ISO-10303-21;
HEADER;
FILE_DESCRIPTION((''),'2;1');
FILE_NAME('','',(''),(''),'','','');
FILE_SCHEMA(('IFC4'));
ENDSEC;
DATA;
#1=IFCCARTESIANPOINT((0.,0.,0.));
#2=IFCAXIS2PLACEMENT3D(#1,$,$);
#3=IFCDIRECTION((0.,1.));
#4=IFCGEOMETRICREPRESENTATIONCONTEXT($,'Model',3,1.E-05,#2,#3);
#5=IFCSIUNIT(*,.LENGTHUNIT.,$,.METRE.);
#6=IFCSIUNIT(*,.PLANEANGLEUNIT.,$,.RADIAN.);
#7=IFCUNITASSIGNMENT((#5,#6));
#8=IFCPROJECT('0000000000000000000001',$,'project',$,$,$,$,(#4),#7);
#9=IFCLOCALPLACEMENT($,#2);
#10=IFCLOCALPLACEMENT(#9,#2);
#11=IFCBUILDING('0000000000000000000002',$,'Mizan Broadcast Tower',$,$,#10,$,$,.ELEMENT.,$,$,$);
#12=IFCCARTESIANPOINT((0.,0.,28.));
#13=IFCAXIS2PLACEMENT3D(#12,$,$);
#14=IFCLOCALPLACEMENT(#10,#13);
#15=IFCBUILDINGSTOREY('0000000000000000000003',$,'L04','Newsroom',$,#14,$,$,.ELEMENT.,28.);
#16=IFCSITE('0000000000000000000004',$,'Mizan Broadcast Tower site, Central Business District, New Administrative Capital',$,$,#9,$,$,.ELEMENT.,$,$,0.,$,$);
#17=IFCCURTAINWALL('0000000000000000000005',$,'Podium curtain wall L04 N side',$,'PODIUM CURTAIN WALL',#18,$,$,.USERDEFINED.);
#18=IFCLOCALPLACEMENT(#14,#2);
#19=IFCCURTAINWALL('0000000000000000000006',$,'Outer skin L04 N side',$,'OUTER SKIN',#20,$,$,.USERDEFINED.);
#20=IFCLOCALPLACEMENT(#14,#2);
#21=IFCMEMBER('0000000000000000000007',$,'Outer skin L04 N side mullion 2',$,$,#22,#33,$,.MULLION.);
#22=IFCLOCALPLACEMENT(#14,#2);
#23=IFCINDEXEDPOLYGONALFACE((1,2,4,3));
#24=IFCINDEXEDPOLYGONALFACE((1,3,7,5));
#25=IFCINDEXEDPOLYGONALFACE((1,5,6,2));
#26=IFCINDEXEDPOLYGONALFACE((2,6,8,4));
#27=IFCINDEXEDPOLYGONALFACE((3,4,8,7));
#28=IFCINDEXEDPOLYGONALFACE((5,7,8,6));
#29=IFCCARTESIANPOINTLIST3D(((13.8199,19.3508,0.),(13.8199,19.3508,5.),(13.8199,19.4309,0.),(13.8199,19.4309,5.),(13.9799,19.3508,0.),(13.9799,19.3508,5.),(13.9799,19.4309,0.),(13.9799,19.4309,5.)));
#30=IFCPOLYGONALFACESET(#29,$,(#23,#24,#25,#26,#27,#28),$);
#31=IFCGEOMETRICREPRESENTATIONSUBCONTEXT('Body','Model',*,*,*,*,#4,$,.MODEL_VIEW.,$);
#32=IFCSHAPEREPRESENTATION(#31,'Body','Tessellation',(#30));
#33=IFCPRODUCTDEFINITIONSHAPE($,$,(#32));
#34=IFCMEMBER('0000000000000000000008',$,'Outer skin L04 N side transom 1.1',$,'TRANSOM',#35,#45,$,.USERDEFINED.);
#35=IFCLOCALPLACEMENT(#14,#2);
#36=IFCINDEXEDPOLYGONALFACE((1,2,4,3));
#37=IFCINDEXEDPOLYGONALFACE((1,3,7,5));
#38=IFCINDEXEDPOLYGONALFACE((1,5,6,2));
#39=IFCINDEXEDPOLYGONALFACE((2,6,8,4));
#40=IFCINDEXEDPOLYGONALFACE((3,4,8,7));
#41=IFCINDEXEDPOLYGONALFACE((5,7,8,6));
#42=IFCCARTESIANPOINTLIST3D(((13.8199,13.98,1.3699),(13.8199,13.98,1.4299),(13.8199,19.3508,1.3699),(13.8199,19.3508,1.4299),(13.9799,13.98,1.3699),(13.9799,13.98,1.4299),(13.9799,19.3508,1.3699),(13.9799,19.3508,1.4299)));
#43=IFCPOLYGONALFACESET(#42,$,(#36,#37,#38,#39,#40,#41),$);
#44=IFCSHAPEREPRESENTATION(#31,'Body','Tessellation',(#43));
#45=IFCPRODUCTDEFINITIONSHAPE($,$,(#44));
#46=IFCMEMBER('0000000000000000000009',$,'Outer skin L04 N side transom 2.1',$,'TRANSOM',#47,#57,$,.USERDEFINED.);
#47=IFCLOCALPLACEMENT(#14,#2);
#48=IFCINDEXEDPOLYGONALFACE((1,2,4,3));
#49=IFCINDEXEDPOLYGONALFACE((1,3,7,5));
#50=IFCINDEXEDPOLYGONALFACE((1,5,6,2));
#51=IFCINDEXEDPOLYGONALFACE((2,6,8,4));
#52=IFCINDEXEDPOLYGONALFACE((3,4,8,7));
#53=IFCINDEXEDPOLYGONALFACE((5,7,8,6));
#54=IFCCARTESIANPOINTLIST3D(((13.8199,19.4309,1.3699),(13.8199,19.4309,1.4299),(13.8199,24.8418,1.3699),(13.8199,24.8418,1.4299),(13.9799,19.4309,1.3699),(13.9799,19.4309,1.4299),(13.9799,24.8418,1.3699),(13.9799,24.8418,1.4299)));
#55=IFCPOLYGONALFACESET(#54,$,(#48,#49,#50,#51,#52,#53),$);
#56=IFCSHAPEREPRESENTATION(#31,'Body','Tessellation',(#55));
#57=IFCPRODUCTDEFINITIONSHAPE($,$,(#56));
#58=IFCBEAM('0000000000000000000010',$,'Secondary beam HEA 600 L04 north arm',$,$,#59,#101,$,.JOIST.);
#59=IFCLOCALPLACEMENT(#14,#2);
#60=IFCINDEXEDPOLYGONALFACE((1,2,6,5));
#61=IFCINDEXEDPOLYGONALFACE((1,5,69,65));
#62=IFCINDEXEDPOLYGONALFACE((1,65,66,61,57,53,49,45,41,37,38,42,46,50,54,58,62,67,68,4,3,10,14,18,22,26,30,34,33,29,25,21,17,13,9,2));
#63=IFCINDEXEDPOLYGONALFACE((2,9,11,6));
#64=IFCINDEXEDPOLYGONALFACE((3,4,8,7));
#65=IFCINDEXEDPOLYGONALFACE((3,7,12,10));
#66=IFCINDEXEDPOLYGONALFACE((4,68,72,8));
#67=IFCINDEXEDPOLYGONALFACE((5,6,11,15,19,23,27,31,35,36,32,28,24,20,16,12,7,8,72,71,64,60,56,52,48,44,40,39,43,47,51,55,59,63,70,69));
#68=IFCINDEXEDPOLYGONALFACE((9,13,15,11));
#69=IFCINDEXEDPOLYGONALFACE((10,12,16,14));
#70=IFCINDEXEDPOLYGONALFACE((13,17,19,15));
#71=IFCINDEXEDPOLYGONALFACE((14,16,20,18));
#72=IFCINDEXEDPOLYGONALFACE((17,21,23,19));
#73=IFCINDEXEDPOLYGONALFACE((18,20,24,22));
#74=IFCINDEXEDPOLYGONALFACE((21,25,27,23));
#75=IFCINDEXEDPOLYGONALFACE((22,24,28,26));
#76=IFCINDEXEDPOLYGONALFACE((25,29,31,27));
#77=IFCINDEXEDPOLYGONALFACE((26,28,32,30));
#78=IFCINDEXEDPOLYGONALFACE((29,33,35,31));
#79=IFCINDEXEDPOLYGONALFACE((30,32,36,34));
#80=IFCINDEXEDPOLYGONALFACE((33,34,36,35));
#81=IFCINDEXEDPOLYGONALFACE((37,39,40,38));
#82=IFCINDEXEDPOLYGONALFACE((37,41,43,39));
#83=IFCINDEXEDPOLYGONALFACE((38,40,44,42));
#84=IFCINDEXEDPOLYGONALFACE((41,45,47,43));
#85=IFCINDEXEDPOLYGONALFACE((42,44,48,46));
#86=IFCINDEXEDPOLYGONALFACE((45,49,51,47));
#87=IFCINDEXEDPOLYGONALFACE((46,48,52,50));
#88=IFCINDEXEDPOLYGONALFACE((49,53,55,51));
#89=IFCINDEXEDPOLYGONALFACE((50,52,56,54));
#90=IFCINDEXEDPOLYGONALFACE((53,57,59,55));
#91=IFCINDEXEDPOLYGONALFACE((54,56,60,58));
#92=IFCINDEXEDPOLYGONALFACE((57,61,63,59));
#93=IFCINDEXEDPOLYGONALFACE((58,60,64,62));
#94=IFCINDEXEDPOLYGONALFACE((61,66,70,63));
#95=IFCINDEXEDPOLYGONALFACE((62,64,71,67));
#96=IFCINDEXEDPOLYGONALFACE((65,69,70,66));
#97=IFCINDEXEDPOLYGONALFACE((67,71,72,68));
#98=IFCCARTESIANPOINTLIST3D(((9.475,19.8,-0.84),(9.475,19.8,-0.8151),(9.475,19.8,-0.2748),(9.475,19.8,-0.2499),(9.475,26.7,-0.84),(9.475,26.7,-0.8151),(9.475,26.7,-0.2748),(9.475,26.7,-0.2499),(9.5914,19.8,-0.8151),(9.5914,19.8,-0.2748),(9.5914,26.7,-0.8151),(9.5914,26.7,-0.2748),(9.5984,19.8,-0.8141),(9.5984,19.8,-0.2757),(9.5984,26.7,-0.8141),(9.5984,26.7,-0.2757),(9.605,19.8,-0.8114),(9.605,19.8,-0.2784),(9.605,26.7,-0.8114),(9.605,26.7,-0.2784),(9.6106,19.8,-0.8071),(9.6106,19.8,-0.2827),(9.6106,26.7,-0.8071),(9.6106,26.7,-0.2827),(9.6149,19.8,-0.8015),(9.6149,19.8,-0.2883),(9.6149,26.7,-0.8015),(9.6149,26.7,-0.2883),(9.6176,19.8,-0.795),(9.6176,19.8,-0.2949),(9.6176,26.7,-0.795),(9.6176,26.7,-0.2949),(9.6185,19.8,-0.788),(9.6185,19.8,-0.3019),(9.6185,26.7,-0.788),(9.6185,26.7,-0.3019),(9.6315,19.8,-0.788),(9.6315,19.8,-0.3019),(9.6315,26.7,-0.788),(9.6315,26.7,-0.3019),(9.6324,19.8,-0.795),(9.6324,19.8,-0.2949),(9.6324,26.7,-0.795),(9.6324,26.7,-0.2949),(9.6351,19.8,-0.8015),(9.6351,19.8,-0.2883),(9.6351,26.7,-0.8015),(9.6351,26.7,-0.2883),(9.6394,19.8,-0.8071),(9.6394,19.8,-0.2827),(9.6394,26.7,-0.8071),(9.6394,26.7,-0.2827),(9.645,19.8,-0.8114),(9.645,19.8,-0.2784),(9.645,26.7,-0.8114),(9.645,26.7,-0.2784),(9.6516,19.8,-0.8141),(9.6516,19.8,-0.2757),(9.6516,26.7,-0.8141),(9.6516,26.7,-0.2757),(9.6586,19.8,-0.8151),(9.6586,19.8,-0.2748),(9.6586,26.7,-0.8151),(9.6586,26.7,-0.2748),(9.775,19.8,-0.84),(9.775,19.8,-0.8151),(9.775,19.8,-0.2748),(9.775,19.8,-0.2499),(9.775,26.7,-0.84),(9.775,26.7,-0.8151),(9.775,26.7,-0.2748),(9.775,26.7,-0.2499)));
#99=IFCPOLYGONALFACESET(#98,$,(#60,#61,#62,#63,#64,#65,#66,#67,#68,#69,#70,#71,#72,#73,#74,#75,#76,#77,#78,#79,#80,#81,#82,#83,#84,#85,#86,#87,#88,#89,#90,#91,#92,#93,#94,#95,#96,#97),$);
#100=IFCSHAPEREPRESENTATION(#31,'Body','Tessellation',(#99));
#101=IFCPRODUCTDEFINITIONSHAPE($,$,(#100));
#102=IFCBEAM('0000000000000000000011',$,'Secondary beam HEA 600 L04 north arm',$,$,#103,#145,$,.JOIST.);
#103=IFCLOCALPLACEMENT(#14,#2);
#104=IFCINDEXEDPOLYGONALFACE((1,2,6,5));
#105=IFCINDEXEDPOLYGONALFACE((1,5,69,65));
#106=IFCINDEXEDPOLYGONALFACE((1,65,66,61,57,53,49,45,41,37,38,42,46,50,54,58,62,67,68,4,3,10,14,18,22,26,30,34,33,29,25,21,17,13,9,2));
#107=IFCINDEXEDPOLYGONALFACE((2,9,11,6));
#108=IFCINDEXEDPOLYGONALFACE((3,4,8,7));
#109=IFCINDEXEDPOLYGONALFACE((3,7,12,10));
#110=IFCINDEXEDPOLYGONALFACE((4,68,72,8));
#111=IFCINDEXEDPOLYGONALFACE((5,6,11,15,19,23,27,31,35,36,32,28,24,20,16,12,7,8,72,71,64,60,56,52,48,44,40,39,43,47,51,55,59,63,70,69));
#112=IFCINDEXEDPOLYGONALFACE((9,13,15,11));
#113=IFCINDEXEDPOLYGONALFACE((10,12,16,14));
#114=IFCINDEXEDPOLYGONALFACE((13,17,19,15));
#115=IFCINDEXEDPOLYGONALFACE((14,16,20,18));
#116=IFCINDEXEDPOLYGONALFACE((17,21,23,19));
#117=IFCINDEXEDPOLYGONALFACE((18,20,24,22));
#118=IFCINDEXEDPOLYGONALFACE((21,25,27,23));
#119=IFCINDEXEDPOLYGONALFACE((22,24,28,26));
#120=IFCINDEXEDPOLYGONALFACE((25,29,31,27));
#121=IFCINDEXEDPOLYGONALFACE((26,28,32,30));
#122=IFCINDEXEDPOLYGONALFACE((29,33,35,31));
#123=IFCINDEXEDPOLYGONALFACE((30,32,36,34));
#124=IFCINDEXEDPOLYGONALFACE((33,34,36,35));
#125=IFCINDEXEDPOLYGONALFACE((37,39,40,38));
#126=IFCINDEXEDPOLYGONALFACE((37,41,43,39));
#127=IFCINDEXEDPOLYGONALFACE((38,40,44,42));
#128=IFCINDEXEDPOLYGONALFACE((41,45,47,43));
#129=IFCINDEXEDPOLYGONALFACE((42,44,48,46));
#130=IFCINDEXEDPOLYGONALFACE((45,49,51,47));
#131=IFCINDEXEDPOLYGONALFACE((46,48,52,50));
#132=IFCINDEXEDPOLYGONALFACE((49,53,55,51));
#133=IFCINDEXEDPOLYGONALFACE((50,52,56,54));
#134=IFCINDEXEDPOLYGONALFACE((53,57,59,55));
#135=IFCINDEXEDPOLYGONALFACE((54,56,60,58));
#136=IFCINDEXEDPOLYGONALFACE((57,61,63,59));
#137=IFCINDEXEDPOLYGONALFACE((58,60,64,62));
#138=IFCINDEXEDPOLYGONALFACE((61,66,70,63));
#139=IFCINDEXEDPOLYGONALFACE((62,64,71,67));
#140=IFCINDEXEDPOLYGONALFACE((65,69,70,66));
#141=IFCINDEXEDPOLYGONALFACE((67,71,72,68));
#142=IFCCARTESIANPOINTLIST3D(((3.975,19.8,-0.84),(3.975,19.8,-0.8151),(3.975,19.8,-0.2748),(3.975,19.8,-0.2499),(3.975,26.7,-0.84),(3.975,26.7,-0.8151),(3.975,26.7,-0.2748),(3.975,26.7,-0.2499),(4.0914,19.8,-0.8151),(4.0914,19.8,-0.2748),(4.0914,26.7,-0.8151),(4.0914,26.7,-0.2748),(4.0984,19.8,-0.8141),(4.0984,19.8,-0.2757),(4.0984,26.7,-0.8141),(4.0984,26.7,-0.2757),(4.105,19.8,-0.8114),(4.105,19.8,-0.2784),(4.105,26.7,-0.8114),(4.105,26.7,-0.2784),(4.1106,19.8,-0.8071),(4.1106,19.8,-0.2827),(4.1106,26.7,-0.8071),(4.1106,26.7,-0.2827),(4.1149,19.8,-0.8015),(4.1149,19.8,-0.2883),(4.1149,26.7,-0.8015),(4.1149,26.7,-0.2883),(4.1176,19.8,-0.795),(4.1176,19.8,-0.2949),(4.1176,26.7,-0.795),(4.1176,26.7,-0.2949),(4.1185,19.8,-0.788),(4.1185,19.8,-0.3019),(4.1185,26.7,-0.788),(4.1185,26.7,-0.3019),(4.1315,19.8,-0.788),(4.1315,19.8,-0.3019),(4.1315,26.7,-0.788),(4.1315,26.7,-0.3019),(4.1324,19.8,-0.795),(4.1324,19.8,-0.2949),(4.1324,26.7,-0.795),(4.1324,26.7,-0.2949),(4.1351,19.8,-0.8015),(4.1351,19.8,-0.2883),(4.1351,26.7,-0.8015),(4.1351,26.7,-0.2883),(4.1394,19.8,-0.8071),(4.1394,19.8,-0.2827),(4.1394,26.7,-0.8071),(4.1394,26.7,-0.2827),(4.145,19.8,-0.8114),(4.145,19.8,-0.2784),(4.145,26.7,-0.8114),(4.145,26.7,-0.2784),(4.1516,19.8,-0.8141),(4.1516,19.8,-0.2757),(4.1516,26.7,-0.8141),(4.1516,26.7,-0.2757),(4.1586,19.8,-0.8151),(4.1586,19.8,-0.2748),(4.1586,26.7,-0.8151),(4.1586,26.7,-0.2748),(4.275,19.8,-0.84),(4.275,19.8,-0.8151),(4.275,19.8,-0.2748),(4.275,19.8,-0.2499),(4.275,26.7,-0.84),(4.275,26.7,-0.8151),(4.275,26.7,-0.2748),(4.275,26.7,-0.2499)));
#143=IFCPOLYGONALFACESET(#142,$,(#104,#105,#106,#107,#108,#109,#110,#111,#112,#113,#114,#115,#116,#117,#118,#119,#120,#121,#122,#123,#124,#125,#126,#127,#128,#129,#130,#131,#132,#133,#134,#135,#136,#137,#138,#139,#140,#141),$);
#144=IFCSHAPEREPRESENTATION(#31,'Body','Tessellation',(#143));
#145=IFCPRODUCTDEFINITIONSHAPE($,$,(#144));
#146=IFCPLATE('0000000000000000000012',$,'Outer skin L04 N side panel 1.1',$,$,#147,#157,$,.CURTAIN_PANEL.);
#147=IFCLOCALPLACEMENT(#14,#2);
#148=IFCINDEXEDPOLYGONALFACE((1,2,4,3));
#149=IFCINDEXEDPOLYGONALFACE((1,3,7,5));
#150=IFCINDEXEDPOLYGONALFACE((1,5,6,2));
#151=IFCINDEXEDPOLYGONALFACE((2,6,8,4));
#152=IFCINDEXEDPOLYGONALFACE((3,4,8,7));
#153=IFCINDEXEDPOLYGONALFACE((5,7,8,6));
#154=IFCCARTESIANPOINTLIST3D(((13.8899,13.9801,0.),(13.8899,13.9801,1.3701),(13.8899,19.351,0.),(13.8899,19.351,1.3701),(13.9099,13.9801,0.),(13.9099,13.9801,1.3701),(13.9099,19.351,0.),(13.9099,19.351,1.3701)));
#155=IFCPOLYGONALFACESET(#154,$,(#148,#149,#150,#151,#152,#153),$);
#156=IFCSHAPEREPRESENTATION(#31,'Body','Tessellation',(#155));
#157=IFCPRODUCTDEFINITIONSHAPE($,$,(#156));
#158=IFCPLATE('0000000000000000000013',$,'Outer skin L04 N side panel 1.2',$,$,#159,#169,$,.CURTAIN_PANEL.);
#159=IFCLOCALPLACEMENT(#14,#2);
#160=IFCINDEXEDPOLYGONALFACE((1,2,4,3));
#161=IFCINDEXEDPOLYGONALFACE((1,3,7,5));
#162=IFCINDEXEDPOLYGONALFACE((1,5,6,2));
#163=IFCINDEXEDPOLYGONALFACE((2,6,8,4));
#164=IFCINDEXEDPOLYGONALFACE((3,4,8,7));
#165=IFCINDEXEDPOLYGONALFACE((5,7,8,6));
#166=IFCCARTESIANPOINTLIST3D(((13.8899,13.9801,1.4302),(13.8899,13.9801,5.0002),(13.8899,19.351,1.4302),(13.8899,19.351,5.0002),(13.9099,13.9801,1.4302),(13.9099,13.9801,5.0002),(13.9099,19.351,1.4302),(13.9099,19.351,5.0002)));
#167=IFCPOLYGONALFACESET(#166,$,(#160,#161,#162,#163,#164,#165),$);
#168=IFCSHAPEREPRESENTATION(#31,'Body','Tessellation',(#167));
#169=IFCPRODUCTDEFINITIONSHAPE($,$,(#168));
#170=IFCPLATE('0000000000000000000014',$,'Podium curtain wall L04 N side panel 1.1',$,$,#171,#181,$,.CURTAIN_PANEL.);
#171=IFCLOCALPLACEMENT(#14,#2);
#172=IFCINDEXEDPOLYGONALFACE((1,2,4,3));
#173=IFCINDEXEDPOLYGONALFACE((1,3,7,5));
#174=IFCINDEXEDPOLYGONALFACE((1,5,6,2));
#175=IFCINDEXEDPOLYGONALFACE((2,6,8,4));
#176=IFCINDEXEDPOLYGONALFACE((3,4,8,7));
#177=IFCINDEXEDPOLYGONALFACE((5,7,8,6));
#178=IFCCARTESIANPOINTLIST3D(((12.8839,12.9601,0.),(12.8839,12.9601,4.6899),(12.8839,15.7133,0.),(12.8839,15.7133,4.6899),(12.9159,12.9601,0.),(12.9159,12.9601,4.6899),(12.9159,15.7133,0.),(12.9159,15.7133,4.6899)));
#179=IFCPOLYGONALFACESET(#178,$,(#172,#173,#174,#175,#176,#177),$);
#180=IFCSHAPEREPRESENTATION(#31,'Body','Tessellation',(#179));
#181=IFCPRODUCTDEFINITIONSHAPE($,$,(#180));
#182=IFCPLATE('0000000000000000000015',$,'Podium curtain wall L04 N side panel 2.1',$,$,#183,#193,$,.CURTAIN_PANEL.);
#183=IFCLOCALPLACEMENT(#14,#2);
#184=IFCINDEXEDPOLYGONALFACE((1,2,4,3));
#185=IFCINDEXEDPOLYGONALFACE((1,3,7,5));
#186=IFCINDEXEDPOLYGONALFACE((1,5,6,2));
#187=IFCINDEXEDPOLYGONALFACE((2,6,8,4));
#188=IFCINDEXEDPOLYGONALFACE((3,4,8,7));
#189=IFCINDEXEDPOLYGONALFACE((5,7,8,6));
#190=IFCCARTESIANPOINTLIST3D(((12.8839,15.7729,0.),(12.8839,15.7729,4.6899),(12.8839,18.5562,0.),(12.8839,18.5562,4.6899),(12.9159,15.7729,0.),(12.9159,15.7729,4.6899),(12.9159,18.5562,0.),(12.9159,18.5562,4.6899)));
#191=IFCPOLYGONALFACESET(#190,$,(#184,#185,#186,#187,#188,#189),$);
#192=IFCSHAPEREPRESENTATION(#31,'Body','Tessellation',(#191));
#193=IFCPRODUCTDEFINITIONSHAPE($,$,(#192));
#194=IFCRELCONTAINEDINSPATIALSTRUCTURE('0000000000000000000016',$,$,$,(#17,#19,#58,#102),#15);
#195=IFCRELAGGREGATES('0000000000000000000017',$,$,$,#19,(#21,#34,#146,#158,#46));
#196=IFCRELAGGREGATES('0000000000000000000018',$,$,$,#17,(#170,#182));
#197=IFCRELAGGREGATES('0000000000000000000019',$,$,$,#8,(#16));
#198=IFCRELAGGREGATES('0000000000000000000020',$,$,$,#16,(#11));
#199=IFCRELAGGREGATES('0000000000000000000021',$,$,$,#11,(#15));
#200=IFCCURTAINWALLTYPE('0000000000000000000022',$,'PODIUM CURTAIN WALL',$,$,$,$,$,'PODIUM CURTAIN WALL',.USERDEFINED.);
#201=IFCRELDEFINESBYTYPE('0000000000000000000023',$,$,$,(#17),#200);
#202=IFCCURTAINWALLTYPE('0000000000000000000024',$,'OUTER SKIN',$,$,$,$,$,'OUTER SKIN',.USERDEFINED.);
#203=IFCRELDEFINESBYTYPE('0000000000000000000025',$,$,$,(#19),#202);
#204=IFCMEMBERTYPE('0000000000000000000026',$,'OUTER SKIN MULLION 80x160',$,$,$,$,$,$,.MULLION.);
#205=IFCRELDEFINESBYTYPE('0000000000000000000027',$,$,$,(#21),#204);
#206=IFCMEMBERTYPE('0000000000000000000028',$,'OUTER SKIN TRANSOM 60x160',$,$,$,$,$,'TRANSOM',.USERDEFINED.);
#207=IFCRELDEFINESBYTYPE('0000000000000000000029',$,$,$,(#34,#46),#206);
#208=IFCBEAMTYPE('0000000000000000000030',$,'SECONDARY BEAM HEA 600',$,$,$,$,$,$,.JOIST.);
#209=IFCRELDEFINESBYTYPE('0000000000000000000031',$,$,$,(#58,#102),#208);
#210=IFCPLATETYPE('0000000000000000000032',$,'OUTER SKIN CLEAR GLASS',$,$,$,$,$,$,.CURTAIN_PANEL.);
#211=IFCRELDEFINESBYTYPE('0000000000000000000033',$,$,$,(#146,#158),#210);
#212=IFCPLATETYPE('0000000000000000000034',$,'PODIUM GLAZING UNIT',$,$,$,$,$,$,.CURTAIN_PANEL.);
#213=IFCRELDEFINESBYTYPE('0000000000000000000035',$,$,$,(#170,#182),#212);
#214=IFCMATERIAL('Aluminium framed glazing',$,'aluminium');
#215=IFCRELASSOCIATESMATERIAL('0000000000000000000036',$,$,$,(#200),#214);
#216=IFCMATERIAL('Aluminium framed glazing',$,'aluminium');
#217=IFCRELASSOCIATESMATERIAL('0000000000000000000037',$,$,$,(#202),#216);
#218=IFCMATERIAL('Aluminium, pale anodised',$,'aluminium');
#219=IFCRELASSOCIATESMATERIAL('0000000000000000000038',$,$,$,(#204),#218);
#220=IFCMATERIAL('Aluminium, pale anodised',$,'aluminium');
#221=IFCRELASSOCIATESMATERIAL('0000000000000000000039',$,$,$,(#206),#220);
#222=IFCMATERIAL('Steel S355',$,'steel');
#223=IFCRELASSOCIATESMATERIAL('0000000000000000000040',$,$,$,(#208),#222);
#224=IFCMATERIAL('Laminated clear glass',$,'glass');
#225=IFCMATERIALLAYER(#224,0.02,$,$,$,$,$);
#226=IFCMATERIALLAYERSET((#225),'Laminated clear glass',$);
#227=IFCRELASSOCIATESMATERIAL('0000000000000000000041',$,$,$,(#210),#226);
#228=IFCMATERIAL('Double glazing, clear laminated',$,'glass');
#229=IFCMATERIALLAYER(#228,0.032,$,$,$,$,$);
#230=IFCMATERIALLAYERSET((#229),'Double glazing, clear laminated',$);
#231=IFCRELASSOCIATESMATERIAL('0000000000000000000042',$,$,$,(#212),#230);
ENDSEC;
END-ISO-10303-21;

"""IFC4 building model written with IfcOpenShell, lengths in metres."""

from ifc_helpers import new_model, si_unit, direction, frame, origin, origin_2d, place, context, subcontext, project, spatial, rectangle, i_section, extrude, material, layer, layer_set, material_profile, profile_set, type_object, element, aggregate, save


model = new_model("IFC4")

# Units and contexts
model_context = context("Model", 3, precision=1e-05, world=origin(), true_north=direction((0.0, 1.0)))
body_context = subcontext(model_context, "Body", "Model", "MODEL_VIEW")
ifc_project = project(units=[si_unit("LENGTHUNIT", "METRE"), si_unit("PLANEANGLEUNIT", "RADIAN")], contexts=[model_context])

# Site, building, storey
site_placement = place(None, origin())
site = spatial("IfcSite", under=ifc_project, at=site_placement, Name="Mizan Broadcast Tower site, Central Business District, New Administrative Capital", CompositionType="ELEMENT", RefElevation=0.0)
building_placement = place(site_placement, origin())
building = spatial("IfcBuilding", under=site, at=building_placement, Name="Mizan Broadcast Tower", CompositionType="ELEMENT")
storey_placement = place(building_placement, frame((0.0, 0.0, 28.0)))
storey = spatial("IfcBuildingStorey", under=building, at=storey_placement, Name="L04", Description="Newsroom", CompositionType="ELEMENT", Elevation=28.0)

# Shared definitions
ifc_material_1 = material(Name="Aluminium framed glazing", Category="aluminium")
curtain_wall_type_1 = type_object("IfcCurtainWallType", Name="PODIUM CURTAIN WALL", ElementType="PODIUM CURTAIN WALL", PredefinedType="USERDEFINED", material=ifc_material_1)

# Curtain walls, members
curtain_wall_1_placement = place(storey_placement, origin())
curtain_wall_1 = element("IfcCurtainWall", 1, at=curtain_wall_1_placement, inside=storey, type_object=curtain_wall_type_1, Name="Podium curtain wall L04 N side", ObjectType="PODIUM CURTAIN WALL", PredefinedType="USERDEFINED")
ifc_material_2 = material(Name="Aluminium framed glazing", Category="aluminium")
curtain_wall_type_2 = type_object("IfcCurtainWallType", Name="OUTER SKIN", ElementType="OUTER SKIN", PredefinedType="USERDEFINED", material=ifc_material_2)
curtain_wall_2_placement = place(storey_placement, origin())
curtain_wall_2 = element("IfcCurtainWall", 2, at=curtain_wall_2_placement, inside=storey, type_object=curtain_wall_type_2, Name="Outer skin L04 N side", ObjectType="OUTER SKIN", PredefinedType="USERDEFINED")
ifc_material_3 = material(Name="Aluminium, pale anodised", Category="aluminium")
ifc_material_profile_1 = material_profile(ifc_material_3, rectangle(XDim=0.1599, YDim=0.0801, at=origin_2d()), Name="MULLION 160x80")
ifc_profile_set_1 = profile_set([ifc_material_profile_1], Name="Aluminium, pale anodised")
member_type_1 = type_object("IfcMemberType", Name="OUTER SKIN MULLION 80x160", PredefinedType="MULLION", material=ifc_profile_set_1)
member_1_placement = place(storey_placement, frame((13.8999, 19.3909, 0.0), z_axis=(0.0, 0.0, 1.0), x_axis=(-1.0, 0.0, 0.0)))
member_1 = element("IfcMember", 3, at=member_1_placement, type_object=member_type_1, Name="Outer skin L04 N side mullion 2", PredefinedType="MULLION", context=body_context, shape_type="SweptSolid", body=[
    extrude(rectangle(XDim=0.1599, YDim=0.0801, at=origin_2d()), origin(), (0.0, 0.0, 1.0), 5.0),
])
ifc_material_4 = material(Name="Aluminium, pale anodised", Category="aluminium")
ifc_material_profile_2 = material_profile(ifc_material_4, rectangle(XDim=0.1599, YDim=0.0601, at=origin_2d()), Name="TRANSOM 160x60")
ifc_profile_set_2 = profile_set([ifc_material_profile_2], Name="Aluminium, pale anodised")
member_type_2 = type_object("IfcMemberType", Name="OUTER SKIN TRANSOM 60x160", ElementType="TRANSOM", PredefinedType="USERDEFINED", material=ifc_profile_set_2)
member_2_placement = place(storey_placement, frame((13.8999, 13.98, 1.3999), z_axis=(0.0, 1.0, 0.0), x_axis=(-1.0, 0.0, 0.0)))
member_2 = element("IfcMember", 4, at=member_2_placement, type_object=member_type_2, Name="Outer skin L04 N side transom 1.1", ObjectType="TRANSOM", PredefinedType="USERDEFINED", context=body_context, shape_type="SweptSolid", body=[
    extrude(rectangle(XDim=0.1599, YDim=0.0601, at=origin_2d()), origin(), (0.0, 0.0, 1.0), 5.3708),
])
member_3_placement = place(storey_placement, frame((13.8999, 19.4309, 1.3999), z_axis=(0.0, 1.0, 0.0), x_axis=(-1.0, 0.0, 0.0)))
member_3 = element("IfcMember", 5, at=member_3_placement, type_object=member_type_2, Name="Outer skin L04 N side transom 2.1", ObjectType="TRANSOM", PredefinedType="USERDEFINED", context=body_context, shape_type="SweptSolid", body=[
    extrude(rectangle(XDim=0.1599, YDim=0.0601, at=origin_2d()), origin(), (0.0, 0.0, 1.0), 5.4109),
])

# Beams
ifc_material_5 = material(Name="Steel S355", Category="steel")
ifc_material_profile_3 = material_profile(ifc_material_5, i_section(OverallWidth=0.3, OverallDepth=0.5901, WebThickness=0.0129, FlangeThickness=0.0249, FilletRadius=0.0271, at=origin_2d()), Name="HEA 600")
ifc_profile_set_3 = profile_set([ifc_material_profile_3], Name="Steel S355")
beam_type_1 = type_object("IfcBeamType", Name="SECONDARY BEAM HEA 600", PredefinedType="JOIST", material=ifc_profile_set_3)
for number, where, z_axis, x_axis, name in (
    (6, (9.625, 19.8, -0.5449), (0.0, 1.0, 0.0), (-1.0, 0.0, 0.0), "Secondary beam HEA 600 L04 north arm"),
    (7, (4.125, 19.8, -0.5449), (0.0, 1.0, 0.0), (-1.0, 0.0, 0.0), "Secondary beam HEA 600 L04 north arm"),
):
    element("IfcBeam", number, at=place(storey_placement, frame(where, z_axis=z_axis, x_axis=x_axis)), inside=storey, type_object=beam_type_1, Name=name, PredefinedType="JOIST", context=body_context, shape_type="SweptSolid", body=[
        extrude(i_section(OverallWidth=0.3, OverallDepth=0.5901, WebThickness=0.0129, FlangeThickness=0.0249, FilletRadius=0.0271, at=origin_2d()), origin(), (0.0, 0.0, 1.0), 6.8999),
    ])

# Plates
ifc_material_6 = material(Name="Laminated clear glass", Category="glass")
ifc_layer_1 = layer(ifc_material_6, 0.02)
ifc_layer_set_1 = layer_set([ifc_layer_1], Name="Laminated clear glass")
plate_type_1 = type_object("IfcPlateType", Name="OUTER SKIN CLEAR GLASS", PredefinedType="CURTAIN_PANEL", material=ifc_layer_set_1)
plate_1_placement = place(storey_placement, frame((13.8999, 16.6655, 0.0), z_axis=(0.0, 0.0, 1.0), x_axis=(0.0, 1.0, 0.0)))
plate_1 = element("IfcPlate", 8, at=plate_1_placement, type_object=plate_type_1, Name="Outer skin L04 N side panel 1.1", PredefinedType="CURTAIN_PANEL", context=body_context, shape_type="SweptSolid", body=[
    extrude(rectangle(XDim=5.3708, YDim=0.02, at=origin_2d()), origin(), (0.0, 0.0, 1.0), 1.3701),
])
plate_2_placement = place(storey_placement, frame((13.8999, 16.6655, 1.4302), z_axis=(0.0, 0.0, 1.0), x_axis=(0.0, 1.0, 0.0)))
plate_2 = element("IfcPlate", 9, at=plate_2_placement, type_object=plate_type_1, Name="Outer skin L04 N side panel 1.2", PredefinedType="CURTAIN_PANEL", context=body_context, shape_type="SweptSolid", body=[
    extrude(rectangle(XDim=5.3708, YDim=0.02, at=origin_2d()), origin(), (0.0, 0.0, 1.0), 3.5701),
])
aggregate(curtain_wall_2, [member_1, member_2, plate_1, plate_2, member_3])
ifc_material_7 = material(Name="Double glazing, clear laminated", Category="glass")
ifc_layer_2 = layer(ifc_material_7, 0.032)
ifc_layer_set_2 = layer_set([ifc_layer_2], Name="Double glazing, clear laminated")
plate_type_2 = type_object("IfcPlateType", Name="PODIUM GLAZING UNIT", PredefinedType="CURTAIN_PANEL", material=ifc_layer_set_2)
plate_3_placement = place(storey_placement, frame((12.8999, 14.3367, 0.0), z_axis=(0.0, 0.0, 1.0), x_axis=(0.0, 1.0, 0.0)))
plate_3 = element("IfcPlate", 10, at=plate_3_placement, type_object=plate_type_2, Name="Podium curtain wall L04 N side panel 1.1", PredefinedType="CURTAIN_PANEL", context=body_context, shape_type="SweptSolid", body=[
    extrude(rectangle(XDim=2.7532, YDim=0.032, at=origin_2d()), origin(), (0.0, 0.0, 1.0), 4.6899),
])
plate_4_placement = place(storey_placement, frame((12.8999, 17.1646, 0.0), z_axis=(0.0, 0.0, 1.0), x_axis=(0.0, 1.0, 0.0)))
plate_4 = element("IfcPlate", 11, at=plate_4_placement, type_object=plate_type_2, Name="Podium curtain wall L04 N side panel 2.1", PredefinedType="CURTAIN_PANEL", context=body_context, shape_type="SweptSolid", body=[
    extrude(rectangle(XDim=2.7832, YDim=0.032, at=origin_2d()), origin(), (0.0, 0.0, 1.0), 4.6899),
])
aggregate(curtain_wall_1, [plate_3, plate_4])

save(model, "model.ifc")
